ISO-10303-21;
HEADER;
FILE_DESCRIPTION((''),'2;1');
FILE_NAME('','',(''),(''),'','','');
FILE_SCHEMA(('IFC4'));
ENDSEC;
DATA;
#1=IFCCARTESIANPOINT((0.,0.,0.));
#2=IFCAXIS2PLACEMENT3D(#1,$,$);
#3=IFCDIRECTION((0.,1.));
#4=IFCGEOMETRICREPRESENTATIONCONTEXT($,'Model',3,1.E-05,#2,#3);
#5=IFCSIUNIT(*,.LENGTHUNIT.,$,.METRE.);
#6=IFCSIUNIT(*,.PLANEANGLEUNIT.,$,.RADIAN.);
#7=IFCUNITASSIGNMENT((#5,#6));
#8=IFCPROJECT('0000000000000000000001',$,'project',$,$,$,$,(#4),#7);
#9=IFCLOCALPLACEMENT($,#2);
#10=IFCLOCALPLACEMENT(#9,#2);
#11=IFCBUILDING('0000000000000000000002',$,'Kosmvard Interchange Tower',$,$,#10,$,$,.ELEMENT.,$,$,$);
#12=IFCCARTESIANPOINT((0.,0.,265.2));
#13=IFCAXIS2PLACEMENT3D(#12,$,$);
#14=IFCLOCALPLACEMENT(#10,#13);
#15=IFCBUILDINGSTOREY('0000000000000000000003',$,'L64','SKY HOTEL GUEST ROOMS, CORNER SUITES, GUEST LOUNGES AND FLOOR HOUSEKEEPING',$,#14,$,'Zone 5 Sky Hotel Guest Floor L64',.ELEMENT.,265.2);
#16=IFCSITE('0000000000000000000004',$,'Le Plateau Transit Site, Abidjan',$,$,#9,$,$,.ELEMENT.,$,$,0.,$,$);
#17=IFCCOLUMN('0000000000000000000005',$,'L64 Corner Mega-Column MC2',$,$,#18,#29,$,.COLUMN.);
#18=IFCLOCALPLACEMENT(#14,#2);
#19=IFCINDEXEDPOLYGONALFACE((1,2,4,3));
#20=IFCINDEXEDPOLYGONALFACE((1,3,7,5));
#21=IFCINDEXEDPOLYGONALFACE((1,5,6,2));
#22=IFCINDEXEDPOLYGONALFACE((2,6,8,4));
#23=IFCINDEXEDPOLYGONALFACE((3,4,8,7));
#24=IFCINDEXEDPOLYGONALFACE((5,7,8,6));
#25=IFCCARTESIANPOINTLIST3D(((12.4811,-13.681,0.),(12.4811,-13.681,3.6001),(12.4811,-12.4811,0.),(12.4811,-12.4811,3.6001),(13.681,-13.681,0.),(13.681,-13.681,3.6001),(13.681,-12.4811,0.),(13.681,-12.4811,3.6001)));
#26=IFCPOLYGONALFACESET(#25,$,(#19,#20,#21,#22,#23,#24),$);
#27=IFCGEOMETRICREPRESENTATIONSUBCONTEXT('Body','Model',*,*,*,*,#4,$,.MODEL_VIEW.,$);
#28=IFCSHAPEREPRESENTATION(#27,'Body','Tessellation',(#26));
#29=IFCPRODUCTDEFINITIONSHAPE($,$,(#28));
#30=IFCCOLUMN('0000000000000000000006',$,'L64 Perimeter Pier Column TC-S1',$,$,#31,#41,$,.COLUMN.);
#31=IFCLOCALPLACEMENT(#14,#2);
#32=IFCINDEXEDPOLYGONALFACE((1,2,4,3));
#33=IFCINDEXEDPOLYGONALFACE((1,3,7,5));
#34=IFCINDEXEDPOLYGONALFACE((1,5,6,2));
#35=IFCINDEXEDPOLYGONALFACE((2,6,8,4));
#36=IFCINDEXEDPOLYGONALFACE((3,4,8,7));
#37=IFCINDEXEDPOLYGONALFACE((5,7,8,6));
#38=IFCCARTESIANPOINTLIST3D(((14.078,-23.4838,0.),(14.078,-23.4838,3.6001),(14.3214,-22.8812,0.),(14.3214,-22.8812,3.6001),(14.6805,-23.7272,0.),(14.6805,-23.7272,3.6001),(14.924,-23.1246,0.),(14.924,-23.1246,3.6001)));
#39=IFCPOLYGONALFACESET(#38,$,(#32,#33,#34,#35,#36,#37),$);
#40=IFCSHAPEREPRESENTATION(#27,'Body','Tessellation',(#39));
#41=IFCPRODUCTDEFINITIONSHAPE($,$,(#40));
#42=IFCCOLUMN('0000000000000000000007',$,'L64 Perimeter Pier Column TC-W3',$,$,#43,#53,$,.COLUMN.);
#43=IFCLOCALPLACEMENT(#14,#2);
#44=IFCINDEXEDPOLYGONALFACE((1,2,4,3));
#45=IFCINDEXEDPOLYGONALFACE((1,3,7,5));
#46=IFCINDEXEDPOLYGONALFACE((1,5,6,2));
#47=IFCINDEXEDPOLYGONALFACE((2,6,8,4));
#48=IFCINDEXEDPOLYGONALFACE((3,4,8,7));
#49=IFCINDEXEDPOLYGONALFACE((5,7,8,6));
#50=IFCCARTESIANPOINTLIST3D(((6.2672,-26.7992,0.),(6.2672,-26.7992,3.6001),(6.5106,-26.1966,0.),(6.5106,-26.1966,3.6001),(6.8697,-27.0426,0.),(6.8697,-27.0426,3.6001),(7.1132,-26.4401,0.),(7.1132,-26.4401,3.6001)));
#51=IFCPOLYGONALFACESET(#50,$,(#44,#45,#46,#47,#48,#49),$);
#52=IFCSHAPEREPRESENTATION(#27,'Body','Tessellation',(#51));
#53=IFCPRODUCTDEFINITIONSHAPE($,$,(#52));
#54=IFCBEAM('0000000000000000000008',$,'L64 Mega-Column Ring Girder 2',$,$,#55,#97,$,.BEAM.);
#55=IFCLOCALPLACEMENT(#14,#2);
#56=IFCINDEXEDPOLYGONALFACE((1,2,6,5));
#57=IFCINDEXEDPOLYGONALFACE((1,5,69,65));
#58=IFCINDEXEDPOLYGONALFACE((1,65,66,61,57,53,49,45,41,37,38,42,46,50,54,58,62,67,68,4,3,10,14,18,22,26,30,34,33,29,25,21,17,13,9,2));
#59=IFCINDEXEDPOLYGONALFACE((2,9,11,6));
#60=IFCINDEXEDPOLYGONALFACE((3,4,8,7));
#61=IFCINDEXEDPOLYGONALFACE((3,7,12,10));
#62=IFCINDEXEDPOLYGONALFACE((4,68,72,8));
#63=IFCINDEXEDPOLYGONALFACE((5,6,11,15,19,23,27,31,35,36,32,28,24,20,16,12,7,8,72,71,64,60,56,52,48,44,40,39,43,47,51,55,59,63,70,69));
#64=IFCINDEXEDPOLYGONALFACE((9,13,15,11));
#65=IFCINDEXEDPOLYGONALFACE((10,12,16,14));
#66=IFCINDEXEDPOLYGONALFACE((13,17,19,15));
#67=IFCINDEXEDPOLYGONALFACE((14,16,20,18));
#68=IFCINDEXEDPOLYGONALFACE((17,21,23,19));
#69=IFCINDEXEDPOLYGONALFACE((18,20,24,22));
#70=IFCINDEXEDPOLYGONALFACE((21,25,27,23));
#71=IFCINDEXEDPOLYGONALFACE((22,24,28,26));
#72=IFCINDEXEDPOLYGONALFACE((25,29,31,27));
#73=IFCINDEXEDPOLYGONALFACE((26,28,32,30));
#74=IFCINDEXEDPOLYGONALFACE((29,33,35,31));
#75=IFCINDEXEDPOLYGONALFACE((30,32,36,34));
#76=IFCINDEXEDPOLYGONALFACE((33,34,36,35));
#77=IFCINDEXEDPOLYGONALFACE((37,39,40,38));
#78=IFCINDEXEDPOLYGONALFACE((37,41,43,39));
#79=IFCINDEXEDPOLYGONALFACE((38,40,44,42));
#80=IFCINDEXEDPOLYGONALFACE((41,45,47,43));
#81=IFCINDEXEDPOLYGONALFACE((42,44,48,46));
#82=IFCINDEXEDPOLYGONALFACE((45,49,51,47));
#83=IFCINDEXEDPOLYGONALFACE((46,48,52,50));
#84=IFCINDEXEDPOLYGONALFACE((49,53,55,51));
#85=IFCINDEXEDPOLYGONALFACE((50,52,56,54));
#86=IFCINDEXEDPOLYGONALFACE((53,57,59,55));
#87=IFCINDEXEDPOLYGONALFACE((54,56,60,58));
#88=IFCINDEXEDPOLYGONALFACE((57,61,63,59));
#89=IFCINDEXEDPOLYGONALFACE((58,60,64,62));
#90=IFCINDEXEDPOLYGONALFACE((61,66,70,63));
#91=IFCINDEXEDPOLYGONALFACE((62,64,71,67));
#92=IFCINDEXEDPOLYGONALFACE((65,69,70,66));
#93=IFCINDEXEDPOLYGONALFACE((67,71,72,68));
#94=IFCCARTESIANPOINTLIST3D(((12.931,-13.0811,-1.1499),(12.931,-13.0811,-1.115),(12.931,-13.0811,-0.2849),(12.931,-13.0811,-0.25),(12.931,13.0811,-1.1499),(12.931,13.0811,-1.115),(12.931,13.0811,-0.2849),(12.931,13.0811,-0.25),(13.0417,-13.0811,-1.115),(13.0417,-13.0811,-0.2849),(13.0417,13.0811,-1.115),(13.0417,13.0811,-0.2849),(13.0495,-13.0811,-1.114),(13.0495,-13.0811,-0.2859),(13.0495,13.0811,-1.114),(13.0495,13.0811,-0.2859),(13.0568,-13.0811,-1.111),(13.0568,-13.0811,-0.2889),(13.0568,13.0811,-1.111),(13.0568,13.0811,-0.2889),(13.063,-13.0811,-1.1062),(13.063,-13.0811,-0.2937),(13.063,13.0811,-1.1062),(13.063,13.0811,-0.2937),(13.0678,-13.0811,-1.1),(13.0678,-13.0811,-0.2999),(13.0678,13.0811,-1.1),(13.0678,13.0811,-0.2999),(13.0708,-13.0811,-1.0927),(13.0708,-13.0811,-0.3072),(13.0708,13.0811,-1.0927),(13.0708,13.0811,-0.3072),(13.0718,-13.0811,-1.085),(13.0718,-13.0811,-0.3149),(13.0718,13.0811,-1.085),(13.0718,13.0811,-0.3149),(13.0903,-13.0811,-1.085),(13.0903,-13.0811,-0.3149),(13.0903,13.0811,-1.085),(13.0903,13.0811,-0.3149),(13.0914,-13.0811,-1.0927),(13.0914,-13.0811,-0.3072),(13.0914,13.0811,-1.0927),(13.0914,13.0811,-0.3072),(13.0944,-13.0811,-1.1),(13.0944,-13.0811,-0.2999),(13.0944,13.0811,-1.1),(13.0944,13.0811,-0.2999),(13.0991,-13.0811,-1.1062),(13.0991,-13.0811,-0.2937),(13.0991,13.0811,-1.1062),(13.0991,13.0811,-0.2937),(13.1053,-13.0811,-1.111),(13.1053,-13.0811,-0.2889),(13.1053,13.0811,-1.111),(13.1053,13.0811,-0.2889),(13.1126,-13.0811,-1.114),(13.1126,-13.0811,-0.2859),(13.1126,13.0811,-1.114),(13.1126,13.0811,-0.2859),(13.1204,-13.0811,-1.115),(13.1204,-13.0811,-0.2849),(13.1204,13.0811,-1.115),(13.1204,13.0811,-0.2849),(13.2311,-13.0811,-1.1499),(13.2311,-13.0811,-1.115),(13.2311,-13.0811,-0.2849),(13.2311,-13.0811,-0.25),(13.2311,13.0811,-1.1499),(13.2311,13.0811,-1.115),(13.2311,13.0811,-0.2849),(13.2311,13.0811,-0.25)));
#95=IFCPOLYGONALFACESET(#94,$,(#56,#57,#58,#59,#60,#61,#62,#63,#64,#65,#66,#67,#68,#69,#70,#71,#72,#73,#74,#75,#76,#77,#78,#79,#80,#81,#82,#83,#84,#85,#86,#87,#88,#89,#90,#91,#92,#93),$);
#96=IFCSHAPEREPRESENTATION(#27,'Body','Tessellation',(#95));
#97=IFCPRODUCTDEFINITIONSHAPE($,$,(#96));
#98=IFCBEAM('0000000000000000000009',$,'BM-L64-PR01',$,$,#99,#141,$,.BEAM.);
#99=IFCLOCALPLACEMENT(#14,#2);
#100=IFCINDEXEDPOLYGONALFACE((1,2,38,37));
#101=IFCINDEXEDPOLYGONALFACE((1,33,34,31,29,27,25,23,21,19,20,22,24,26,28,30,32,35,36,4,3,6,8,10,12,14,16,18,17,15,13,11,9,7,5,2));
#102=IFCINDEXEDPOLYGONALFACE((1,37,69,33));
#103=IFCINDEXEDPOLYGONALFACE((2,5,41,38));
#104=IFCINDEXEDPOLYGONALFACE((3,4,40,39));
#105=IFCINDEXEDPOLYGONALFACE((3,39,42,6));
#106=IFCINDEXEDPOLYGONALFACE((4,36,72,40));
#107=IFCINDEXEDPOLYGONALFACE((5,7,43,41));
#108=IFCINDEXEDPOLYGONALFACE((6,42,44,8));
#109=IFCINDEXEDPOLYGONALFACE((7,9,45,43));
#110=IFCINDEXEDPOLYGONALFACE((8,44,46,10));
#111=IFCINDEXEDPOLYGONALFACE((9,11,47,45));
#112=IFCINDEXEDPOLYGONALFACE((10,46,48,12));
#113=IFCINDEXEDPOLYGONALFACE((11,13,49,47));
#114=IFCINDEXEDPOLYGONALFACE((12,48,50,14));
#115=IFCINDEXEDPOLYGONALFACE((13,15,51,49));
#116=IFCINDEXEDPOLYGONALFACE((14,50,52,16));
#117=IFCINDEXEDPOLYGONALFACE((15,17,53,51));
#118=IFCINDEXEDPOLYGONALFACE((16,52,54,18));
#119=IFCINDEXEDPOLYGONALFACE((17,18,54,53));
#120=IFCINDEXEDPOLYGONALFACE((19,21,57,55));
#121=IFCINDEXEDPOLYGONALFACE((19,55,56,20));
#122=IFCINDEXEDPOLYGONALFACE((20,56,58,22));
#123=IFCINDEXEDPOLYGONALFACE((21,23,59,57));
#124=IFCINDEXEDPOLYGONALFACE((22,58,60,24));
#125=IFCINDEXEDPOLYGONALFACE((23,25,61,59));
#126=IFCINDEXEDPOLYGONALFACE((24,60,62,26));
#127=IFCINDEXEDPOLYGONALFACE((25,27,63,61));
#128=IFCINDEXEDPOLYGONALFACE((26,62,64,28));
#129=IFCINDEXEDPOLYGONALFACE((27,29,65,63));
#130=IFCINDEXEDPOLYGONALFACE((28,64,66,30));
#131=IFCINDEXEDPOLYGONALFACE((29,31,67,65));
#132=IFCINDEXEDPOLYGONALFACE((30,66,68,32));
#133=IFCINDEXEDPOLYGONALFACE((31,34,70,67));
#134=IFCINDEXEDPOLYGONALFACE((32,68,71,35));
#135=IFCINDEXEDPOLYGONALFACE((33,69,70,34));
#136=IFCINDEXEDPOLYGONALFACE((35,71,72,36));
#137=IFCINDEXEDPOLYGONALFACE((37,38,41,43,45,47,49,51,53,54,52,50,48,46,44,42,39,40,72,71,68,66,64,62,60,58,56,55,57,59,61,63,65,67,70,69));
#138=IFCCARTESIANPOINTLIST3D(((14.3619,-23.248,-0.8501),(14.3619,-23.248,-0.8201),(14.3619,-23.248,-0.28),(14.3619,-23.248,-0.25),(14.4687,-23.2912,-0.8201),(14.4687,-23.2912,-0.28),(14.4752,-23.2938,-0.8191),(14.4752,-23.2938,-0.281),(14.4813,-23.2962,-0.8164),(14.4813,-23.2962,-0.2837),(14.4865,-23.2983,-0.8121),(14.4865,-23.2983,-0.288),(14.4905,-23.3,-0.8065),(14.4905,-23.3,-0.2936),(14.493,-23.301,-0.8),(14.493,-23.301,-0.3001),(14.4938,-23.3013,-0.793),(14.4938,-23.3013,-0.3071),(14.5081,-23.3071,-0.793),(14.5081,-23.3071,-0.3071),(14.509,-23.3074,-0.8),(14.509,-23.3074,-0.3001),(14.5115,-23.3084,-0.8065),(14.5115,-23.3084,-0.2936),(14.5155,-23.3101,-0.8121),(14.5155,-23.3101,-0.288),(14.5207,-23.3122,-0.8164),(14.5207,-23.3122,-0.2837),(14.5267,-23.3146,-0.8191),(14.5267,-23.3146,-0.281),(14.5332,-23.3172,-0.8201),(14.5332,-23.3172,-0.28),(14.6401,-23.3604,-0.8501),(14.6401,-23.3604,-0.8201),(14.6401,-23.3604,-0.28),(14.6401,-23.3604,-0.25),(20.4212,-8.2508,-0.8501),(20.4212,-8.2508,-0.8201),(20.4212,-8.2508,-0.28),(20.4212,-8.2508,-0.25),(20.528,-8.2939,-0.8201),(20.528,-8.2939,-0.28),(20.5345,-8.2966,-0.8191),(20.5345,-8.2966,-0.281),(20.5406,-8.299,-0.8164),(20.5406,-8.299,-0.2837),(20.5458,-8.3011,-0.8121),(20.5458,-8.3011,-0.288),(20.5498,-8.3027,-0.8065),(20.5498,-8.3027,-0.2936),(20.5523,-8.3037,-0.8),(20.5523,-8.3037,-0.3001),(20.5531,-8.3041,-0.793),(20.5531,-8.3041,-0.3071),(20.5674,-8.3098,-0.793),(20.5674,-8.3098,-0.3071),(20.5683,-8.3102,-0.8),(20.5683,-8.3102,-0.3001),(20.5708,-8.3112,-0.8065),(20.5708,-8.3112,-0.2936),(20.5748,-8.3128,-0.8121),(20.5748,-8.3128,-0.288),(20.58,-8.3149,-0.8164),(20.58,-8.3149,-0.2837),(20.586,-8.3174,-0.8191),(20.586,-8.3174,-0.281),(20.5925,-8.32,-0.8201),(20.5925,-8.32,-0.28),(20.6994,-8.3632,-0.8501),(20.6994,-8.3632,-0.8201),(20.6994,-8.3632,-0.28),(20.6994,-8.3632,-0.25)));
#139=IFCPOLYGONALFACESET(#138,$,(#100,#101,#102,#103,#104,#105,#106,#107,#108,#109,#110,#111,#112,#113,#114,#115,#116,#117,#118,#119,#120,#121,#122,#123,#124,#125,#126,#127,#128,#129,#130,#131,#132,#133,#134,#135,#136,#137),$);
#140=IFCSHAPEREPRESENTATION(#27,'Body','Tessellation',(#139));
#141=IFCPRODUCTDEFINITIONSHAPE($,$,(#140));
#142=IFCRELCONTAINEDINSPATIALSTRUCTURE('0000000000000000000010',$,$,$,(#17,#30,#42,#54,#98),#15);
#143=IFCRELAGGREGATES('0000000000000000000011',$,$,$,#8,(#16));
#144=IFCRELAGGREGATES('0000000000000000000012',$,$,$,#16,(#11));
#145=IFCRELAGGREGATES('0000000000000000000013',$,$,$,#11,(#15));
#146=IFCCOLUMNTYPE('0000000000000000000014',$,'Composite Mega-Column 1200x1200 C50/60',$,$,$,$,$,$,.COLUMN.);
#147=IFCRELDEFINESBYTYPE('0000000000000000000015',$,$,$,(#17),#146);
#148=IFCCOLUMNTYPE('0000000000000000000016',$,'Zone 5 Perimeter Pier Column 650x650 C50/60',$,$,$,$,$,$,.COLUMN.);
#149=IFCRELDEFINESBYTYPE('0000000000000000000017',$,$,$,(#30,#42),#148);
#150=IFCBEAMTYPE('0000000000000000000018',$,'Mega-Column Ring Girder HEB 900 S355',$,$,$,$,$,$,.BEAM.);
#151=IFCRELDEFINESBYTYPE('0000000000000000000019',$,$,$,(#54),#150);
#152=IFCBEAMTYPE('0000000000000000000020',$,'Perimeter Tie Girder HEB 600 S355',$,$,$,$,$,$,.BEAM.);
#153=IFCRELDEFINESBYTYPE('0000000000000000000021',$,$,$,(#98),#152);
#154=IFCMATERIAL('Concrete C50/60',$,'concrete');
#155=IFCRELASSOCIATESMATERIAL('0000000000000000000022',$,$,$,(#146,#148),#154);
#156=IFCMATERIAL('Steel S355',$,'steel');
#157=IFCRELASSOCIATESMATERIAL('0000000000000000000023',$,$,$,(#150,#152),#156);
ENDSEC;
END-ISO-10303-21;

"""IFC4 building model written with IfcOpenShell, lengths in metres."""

from ifc_helpers import new_model, si_unit, direction, frame, origin, origin_2d, place, context, subcontext, project, spatial, rectangle, i_section, extrude, source, transform, mapped, material, material_profile, profile_set, type_object, element, save


model = new_model("IFC4")

# Units and contexts
model_context = context("Model", 3, precision=1e-05, world=origin(), true_north=direction((0.0, 1.0)))
body_context = subcontext(model_context, "Body", "Model", "MODEL_VIEW")
ifc_project = project(units=[si_unit("LENGTHUNIT", "METRE"), si_unit("PLANEANGLEUNIT", "RADIAN")], contexts=[model_context])

# Site, building, storey
site_placement = place(None, origin())
site = spatial("IfcSite", under=ifc_project, at=site_placement, Name="Le Plateau Transit Site, Abidjan", CompositionType="ELEMENT", RefElevation=0.0)
building_placement = place(site_placement, origin())
building = spatial("IfcBuilding", under=site, at=building_placement, Name="Kosmvard Interchange Tower", CompositionType="ELEMENT")
storey_placement = place(building_placement, frame((0.0, 0.0, 265.2)))
storey = spatial("IfcBuildingStorey", under=building, at=storey_placement, Name="L64", Description="SKY HOTEL GUEST ROOMS, CORNER SUITES, GUEST LOUNGES AND FLOOR HOUSEKEEPING", LongName="Zone 5 Sky Hotel Guest Floor L64", CompositionType="ELEMENT", Elevation=265.2)

# Columns
ifc_material_1 = material(Name="Concrete C50/60", Category="concrete")
ifc_material_profile_1 = material_profile(ifc_material_1, rectangle(XDim=1.2, YDim=1.2, at=origin_2d()), Name="MC 1200x1200")
ifc_profile_set_1 = profile_set([ifc_material_profile_1], Name="Concrete C50/60")
column_type_1 = type_object("IfcColumnType", Name="Composite Mega-Column 1200x1200 C50/60", PredefinedType="COLUMN", material=ifc_profile_set_1)
shared_shape_1 = source(origin(), body_context, "Body", "SweptSolid", [
    extrude(rectangle(XDim=1.2, YDim=1.2, at=origin_2d()), origin(), (0.0, 0.0, 1.0), 3.6001),
])
column_placement = place(storey_placement, frame((13.0811, -13.0811, 0.0), z_axis=(0.0, 0.0, 1.0), x_axis=(1.0, 0.0, 0.0)))
element("IfcColumn", 1, at=column_placement, inside=storey, type_object=column_type_1, Name="L64 Corner Mega-Column MC2", PredefinedType="COLUMN", context=body_context, shape_type="MappedRepresentation", body=[
    mapped(shared_shape_1, transform((0.0, 0.0, 0.0), scale=1.0)),
])
ifc_material_profile_2 = material_profile(ifc_material_1, rectangle(XDim=0.6499, YDim=0.6499, at=origin_2d()), Name="TC 650x650")
ifc_profile_set_2 = profile_set([ifc_material_profile_2], Name="Concrete C50/60")
column_type_2 = type_object("IfcColumnType", Name="Zone 5 Perimeter Pier Column 650x650 C50/60", PredefinedType="COLUMN", material=ifc_profile_set_2)
shared_shape_2 = source(origin(), body_context, "Body", "SweptSolid", [
    extrude(rectangle(XDim=0.6499, YDim=0.6499, at=origin_2d()), origin(), (0.0, 0.0, 1.0), 3.6001),
])
for number, where, z_axis, x_axis, name in (
    (2, (14.501, -23.3042, 0.0), (0.0, 0.0, 1.0), (0.374607, 0.927184, 0.0), "L64 Perimeter Pier Column TC-S1"),
    (3, (6.6902, -26.6196, 0.0), (0.0, 0.0, 1.0), (0.374607, 0.927184, 0.0), "L64 Perimeter Pier Column TC-W3"),
):
    element("IfcColumn", number, at=place(storey_placement, frame(where, z_axis=z_axis, x_axis=x_axis)), inside=storey, type_object=column_type_2, Name=name, PredefinedType="COLUMN", context=body_context, shape_type="MappedRepresentation", body=[
        mapped(shared_shape_2, transform((0.0, 0.0, 0.0), scale=1.0)),
    ])

# Beams
ifc_material_2 = material(Name="Steel S355", Category="steel")
ifc_material_profile_3 = material_profile(ifc_material_2, i_section(OverallWidth=0.3, OverallDepth=0.8999, WebThickness=0.0186, FlangeThickness=0.0349, FilletRadius=0.03, at=origin_2d()), Name="HEB 900")
ifc_profile_set_3 = profile_set([ifc_material_profile_3], Name="Steel S355")
beam_type_1 = type_object("IfcBeamType", Name="Mega-Column Ring Girder HEB 900 S355", PredefinedType="BEAM", material=ifc_profile_set_3)
shared_shape_3 = source(origin(), body_context, "Body", "SweptSolid", [
    extrude(i_section(OverallWidth=0.3, OverallDepth=0.8999, WebThickness=0.0186, FlangeThickness=0.0349, FilletRadius=0.03, at=origin_2d()), origin(), (0.0, 0.0, 1.0), 26.1621),
])
beam_1_placement = place(storey_placement, frame((13.0811, -13.0811, -0.7), z_axis=(0.0, 1.0, 0.0), x_axis=(-1.0, 0.0, 0.0)))
element("IfcBeam", 4, at=beam_1_placement, inside=storey, type_object=beam_type_1, Name="L64 Mega-Column Ring Girder 2", PredefinedType="BEAM", context=body_context, shape_type="MappedRepresentation", body=[
    mapped(shared_shape_3, transform((0.0, 0.0, 0.0), scale=1.0)),
])
ifc_material_profile_4 = material_profile(ifc_material_2, i_section(OverallWidth=0.3, OverallDepth=0.6001, WebThickness=0.0154, FlangeThickness=0.03, FilletRadius=0.0271, at=origin_2d()), Name="HEB 600")
ifc_profile_set_4 = profile_set([ifc_material_profile_4], Name="Steel S355")
beam_type_2 = type_object("IfcBeamType", Name="Perimeter Tie Girder HEB 600 S355", PredefinedType="BEAM", material=ifc_profile_set_4)
shared_shape_4 = source(origin(), body_context, "Body", "SweptSolid", [
    extrude(i_section(OverallWidth=0.3, OverallDepth=0.6001, WebThickness=0.0154, FlangeThickness=0.03, FilletRadius=0.0271, at=origin_2d()), origin(), (0.0, 0.0, 1.0), 16.175),
])
beam_2_placement = place(storey_placement, frame((14.501, -23.3042, -0.55), z_axis=(0.374608, 0.927183, 0.0), x_axis=(-0.927183, 0.374608, 0.0)))
element("IfcBeam", 5, at=beam_2_placement, inside=storey, type_object=beam_type_2, Name="BM-L64-PR01", PredefinedType="BEAM", context=body_context, shape_type="MappedRepresentation", body=[
    mapped(shared_shape_4, transform((0.0, 0.0, 0.0), scale=1.0)),
])

save(model, "model.ifc")
